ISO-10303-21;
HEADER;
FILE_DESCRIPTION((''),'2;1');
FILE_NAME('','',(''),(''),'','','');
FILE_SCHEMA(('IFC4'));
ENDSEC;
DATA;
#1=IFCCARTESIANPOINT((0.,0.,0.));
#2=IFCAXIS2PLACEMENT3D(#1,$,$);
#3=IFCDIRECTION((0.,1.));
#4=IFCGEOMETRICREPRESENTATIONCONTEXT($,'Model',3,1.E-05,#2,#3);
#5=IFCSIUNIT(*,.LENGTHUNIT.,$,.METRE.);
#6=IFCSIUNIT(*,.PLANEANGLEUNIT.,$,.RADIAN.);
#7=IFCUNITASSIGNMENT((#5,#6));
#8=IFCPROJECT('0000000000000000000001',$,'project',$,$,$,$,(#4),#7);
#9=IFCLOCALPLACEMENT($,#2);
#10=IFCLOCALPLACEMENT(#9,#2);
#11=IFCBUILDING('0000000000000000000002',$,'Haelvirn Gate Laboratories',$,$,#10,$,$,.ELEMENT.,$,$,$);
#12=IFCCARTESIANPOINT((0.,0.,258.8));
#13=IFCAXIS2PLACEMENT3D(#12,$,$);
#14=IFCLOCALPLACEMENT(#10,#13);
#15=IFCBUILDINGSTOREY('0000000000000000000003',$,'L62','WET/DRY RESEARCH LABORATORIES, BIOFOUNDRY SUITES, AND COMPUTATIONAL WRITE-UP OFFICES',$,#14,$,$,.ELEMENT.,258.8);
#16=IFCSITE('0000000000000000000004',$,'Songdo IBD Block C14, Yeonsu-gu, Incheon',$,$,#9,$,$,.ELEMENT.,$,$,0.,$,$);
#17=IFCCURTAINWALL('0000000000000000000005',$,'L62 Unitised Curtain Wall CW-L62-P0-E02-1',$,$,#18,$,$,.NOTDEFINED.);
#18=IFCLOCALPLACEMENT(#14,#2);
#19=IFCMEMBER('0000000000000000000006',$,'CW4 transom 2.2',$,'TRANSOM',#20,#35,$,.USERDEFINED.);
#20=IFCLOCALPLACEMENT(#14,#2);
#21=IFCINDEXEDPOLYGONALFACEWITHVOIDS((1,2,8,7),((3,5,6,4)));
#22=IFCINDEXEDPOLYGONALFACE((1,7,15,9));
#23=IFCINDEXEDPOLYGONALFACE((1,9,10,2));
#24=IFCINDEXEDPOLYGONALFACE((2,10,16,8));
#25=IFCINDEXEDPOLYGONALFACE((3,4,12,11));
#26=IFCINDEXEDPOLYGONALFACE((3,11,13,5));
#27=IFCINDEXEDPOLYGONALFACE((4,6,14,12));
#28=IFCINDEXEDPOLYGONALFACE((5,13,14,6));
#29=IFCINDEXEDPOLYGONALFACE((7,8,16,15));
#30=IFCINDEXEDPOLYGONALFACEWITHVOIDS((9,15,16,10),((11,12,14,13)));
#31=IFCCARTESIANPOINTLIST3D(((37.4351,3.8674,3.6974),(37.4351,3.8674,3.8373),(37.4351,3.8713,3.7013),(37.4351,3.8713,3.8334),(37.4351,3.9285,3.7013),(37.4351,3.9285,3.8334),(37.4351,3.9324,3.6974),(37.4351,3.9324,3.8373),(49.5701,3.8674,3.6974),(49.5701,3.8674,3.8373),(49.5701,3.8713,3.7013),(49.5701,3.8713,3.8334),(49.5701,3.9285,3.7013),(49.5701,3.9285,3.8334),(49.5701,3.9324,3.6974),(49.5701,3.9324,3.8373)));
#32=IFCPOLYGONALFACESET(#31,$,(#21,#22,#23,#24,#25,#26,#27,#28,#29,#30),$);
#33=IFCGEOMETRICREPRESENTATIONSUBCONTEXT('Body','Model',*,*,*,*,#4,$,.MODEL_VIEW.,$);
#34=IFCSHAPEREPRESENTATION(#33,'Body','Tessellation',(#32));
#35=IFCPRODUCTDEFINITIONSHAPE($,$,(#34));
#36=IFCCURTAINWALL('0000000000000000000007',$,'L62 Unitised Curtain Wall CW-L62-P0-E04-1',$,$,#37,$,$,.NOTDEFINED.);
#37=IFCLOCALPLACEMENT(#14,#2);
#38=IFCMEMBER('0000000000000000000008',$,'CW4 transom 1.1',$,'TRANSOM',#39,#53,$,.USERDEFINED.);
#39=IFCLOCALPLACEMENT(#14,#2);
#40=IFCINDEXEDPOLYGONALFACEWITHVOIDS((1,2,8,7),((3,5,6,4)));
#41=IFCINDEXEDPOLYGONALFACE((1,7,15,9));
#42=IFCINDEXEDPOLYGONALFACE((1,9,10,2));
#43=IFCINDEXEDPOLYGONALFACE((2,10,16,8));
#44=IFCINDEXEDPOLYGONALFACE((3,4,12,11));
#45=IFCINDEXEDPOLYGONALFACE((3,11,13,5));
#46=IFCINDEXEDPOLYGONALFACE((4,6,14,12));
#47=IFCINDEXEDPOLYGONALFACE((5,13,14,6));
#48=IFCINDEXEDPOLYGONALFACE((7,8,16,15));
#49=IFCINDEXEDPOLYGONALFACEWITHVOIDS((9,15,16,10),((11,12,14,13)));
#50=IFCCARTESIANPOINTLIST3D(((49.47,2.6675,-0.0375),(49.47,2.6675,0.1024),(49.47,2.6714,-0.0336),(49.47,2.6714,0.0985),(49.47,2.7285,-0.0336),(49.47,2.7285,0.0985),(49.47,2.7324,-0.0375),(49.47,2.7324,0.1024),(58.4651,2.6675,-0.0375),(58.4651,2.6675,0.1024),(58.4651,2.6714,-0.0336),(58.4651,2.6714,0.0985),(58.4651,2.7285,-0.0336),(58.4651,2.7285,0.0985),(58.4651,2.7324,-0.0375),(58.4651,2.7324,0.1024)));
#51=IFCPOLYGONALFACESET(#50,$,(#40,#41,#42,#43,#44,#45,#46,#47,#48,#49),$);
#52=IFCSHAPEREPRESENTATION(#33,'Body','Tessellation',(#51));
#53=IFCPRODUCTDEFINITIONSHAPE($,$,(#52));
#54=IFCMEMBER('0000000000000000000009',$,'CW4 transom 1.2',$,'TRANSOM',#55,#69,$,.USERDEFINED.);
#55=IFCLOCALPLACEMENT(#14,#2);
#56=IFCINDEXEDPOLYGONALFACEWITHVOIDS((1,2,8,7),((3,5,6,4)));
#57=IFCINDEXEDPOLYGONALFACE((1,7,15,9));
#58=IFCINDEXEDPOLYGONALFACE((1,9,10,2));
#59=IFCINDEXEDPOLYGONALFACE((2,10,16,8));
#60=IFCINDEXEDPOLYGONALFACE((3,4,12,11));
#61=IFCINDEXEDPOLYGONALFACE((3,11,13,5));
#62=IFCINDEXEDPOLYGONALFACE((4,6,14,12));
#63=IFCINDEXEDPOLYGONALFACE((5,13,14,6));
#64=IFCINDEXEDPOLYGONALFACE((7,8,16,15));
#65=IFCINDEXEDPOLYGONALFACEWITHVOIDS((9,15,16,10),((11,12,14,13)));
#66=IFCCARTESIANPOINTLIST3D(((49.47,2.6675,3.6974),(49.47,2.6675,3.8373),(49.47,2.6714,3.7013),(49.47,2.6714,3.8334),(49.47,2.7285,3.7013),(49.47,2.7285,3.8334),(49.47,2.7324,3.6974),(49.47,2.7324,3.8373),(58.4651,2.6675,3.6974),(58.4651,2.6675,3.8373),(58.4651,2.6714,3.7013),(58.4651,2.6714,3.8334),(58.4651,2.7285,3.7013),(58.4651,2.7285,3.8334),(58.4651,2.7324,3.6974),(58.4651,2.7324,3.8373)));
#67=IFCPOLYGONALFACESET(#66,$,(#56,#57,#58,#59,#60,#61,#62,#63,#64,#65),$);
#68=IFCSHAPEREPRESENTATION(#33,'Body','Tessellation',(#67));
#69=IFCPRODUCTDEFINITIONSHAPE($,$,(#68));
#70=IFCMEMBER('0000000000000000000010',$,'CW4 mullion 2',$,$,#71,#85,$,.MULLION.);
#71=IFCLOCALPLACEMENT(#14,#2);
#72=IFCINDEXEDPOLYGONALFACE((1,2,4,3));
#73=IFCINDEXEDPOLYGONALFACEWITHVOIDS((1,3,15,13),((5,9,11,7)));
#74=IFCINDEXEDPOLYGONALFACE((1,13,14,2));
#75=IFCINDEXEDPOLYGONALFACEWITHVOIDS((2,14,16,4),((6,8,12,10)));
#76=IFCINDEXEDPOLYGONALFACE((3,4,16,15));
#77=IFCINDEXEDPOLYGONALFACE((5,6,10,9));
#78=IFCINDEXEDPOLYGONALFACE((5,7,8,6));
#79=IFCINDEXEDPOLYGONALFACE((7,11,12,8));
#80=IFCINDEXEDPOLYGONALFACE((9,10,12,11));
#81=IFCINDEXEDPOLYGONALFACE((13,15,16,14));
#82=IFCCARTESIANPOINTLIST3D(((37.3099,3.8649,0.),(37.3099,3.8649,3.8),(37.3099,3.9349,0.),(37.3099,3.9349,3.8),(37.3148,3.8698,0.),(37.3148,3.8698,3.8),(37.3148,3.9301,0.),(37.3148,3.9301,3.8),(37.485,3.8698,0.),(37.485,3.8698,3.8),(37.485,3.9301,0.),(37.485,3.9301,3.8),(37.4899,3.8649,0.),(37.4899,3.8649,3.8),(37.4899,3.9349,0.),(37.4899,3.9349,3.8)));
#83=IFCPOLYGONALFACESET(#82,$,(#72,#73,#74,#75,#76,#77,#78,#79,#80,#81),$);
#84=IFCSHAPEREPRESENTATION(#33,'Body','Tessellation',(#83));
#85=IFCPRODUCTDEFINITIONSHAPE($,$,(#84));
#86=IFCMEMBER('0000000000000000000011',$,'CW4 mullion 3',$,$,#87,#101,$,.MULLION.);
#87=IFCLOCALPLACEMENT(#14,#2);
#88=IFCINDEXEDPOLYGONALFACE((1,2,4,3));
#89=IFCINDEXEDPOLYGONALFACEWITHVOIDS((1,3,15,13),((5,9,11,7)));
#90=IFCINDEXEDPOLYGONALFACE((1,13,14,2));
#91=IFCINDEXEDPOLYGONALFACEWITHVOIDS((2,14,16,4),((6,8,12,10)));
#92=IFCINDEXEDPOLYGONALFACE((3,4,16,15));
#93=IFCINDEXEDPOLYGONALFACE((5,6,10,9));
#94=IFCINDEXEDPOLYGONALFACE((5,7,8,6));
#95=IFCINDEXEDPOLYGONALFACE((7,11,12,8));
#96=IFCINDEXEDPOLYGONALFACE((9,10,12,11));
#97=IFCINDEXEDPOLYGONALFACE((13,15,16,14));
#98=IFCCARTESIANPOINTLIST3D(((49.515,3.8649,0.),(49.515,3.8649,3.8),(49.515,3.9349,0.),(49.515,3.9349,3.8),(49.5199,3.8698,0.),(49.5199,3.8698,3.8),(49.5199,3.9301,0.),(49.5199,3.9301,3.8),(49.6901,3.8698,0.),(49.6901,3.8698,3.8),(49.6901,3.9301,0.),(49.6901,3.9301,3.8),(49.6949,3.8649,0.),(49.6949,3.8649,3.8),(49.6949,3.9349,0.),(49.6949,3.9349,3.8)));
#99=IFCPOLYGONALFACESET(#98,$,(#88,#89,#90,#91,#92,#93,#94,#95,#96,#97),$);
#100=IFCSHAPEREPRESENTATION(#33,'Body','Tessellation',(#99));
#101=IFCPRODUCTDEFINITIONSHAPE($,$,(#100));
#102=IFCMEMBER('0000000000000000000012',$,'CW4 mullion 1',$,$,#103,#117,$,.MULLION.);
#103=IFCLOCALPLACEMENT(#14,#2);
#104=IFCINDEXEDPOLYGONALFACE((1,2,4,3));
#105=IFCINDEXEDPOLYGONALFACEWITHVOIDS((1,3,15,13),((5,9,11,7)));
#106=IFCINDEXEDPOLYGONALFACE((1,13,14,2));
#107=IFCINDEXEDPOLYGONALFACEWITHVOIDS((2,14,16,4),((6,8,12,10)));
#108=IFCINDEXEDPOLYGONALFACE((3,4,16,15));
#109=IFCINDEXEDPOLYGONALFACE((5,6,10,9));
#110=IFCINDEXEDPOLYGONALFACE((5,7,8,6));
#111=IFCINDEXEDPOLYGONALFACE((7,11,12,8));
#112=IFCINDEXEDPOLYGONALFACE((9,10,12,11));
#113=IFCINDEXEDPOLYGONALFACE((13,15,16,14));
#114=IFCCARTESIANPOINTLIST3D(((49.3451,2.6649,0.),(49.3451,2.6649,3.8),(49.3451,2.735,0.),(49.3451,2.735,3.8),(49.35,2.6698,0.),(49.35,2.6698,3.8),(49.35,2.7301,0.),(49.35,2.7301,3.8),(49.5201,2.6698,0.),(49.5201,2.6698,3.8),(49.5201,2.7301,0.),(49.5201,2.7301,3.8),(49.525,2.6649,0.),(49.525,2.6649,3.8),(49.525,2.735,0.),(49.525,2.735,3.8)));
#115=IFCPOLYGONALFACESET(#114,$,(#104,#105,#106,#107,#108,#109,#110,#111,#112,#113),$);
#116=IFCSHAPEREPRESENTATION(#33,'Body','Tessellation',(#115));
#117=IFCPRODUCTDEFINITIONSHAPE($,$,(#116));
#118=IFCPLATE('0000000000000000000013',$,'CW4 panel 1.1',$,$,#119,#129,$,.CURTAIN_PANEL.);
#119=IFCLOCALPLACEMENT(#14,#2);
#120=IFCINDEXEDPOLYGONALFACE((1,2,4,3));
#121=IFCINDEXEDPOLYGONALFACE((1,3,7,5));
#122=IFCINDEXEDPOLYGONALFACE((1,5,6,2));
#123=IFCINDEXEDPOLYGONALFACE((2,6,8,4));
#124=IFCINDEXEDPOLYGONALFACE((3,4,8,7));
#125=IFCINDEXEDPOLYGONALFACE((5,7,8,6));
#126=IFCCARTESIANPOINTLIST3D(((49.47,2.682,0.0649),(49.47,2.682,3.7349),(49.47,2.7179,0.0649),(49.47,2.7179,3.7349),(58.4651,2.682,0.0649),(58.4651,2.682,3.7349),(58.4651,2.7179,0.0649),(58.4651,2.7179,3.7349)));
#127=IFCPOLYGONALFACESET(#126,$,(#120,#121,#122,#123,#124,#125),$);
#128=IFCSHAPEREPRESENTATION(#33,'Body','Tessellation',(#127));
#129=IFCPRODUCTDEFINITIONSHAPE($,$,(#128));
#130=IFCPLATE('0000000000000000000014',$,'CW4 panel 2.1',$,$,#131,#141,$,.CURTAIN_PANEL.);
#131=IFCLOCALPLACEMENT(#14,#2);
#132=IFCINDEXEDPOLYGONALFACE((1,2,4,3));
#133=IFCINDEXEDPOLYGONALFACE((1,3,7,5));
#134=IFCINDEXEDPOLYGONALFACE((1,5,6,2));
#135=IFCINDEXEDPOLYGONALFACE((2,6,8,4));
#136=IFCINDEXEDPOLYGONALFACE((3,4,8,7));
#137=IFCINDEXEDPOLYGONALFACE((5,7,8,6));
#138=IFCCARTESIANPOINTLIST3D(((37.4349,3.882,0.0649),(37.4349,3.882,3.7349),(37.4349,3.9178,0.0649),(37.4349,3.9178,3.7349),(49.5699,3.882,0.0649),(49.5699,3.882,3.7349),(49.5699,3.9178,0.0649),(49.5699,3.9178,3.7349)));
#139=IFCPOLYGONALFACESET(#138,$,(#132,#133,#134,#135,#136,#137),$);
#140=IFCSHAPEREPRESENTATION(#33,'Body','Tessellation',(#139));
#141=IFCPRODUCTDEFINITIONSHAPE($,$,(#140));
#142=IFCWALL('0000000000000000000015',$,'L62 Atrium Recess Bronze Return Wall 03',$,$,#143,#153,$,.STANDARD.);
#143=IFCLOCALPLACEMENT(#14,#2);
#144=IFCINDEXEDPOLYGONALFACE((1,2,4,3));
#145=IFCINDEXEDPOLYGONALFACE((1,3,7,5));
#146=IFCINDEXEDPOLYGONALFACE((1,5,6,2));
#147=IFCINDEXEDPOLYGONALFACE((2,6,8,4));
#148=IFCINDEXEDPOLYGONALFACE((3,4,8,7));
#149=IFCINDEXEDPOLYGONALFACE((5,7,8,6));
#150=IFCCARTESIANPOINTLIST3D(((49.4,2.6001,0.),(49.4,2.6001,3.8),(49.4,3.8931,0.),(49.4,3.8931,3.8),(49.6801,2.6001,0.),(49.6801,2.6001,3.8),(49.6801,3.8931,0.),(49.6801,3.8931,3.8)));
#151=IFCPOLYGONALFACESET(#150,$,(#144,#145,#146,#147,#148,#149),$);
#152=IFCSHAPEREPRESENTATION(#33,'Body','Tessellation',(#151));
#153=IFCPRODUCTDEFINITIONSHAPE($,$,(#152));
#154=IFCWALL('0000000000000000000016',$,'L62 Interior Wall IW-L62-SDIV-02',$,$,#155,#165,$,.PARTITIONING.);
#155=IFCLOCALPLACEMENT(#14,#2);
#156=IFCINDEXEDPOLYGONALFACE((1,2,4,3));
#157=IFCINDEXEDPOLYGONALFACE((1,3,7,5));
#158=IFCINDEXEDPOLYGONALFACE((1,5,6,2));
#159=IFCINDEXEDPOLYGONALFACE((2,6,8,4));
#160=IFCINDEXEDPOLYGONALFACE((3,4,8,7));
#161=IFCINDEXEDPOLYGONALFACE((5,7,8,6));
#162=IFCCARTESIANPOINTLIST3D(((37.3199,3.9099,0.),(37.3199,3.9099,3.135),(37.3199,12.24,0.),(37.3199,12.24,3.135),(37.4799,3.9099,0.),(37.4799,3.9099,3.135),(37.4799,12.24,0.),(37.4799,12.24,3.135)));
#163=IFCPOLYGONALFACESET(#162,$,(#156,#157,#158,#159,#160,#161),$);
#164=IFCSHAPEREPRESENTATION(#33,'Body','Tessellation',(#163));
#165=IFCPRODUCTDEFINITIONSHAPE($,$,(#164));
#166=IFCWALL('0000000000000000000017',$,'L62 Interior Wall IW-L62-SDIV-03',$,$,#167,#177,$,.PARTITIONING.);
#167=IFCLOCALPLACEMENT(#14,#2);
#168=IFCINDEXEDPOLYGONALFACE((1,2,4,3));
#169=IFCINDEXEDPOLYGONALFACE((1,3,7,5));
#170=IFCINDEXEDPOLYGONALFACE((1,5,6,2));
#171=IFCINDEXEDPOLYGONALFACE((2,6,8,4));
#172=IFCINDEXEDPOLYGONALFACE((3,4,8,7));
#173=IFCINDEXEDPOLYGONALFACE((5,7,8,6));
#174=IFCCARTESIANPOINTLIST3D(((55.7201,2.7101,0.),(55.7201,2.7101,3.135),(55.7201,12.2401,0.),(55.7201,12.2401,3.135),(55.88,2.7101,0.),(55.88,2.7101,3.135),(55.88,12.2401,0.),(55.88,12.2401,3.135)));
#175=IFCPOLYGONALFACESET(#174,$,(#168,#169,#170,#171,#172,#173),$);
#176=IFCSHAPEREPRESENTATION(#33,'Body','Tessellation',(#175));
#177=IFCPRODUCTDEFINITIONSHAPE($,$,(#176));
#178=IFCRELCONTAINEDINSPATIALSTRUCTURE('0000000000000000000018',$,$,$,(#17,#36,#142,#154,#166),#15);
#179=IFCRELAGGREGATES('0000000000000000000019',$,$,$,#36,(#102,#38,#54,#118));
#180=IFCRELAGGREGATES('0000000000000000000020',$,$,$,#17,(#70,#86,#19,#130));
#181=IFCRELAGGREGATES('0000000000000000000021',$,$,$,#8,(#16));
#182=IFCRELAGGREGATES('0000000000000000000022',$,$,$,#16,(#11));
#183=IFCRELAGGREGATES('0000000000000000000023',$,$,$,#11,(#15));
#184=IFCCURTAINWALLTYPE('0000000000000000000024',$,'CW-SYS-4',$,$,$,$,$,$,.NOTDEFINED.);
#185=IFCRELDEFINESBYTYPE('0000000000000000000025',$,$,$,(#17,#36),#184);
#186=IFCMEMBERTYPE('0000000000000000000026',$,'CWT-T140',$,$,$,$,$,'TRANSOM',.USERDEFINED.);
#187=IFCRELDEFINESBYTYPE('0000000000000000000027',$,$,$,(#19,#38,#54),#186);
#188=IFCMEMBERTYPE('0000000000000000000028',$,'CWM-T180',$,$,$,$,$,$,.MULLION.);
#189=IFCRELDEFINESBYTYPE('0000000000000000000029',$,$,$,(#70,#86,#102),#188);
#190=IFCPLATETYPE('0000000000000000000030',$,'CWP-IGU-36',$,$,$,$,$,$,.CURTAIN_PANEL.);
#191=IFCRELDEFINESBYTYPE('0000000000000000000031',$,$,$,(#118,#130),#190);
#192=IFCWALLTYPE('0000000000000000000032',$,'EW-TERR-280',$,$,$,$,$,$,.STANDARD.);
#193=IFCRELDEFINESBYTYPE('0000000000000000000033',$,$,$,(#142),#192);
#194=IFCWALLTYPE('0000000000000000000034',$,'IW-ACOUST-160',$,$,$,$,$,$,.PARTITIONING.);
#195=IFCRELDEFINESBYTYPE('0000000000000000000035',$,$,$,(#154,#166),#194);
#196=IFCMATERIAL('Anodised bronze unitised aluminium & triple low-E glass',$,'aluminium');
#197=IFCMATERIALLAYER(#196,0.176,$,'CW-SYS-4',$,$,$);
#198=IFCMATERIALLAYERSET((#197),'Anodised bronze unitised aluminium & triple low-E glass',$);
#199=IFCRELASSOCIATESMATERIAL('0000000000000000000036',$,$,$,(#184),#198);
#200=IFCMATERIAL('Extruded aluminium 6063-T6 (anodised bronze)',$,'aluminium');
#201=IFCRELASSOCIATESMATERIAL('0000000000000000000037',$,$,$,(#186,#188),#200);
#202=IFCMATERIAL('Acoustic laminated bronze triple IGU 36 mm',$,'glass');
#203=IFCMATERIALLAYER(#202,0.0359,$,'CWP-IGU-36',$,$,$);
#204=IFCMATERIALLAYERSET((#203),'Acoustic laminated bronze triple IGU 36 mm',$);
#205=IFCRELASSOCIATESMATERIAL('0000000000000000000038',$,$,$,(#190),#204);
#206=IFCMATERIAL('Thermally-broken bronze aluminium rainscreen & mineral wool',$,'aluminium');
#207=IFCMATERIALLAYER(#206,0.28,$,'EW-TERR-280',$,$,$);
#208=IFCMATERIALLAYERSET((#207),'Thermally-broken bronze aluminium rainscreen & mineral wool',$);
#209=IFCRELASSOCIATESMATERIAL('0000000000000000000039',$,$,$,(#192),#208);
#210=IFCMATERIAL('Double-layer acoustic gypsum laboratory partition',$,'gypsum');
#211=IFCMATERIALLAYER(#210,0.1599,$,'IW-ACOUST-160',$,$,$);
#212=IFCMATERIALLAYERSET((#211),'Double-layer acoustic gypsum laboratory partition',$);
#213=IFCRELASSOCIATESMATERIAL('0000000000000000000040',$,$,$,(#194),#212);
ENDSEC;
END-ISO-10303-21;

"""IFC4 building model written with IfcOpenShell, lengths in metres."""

from ifc_helpers import new_model, si_unit, direction, frame, frame_2d, origin, origin_2d, place, context, subcontext, project, spatial, rectangle, hollow_rectangle, extrude, source, transform, mapped, material, layer, layer_set, material_profile, profile_set, type_object, type_shapes, element, aggregate, save


model = new_model("IFC4")

# Units and contexts
model_context = context("Model", 3, precision=1e-05, world=origin(), true_north=direction((0.0, 1.0)))
body_context = subcontext(model_context, "Body", "Model", "MODEL_VIEW")
ifc_project = project(units=[si_unit("LENGTHUNIT", "METRE"), si_unit("PLANEANGLEUNIT", "RADIAN")], contexts=[model_context])

# Site, building, storey
site_placement = place(None, origin())
site = spatial("IfcSite", under=ifc_project, at=site_placement, Name="Songdo IBD Block C14, Yeonsu-gu, Incheon", CompositionType="ELEMENT", RefElevation=0.0)
building_placement = place(site_placement, origin())
building = spatial("IfcBuilding", under=site, at=building_placement, Name="Haelvirn Gate Laboratories", CompositionType="ELEMENT")
storey_placement = place(building_placement, frame((0.0, 0.0, 258.8)))
storey = spatial("IfcBuildingStorey", under=building, at=storey_placement, Name="L62", Description="WET/DRY RESEARCH LABORATORIES, BIOFOUNDRY SUITES, AND COMPUTATIONAL WRITE-UP OFFICES", CompositionType="ELEMENT", Elevation=258.8)

# Curtain walls, members
ifc_material_1 = material(Name="Anodised bronze unitised aluminium & triple low-E glass", Category="aluminium")
ifc_layer_1 = layer(ifc_material_1, 0.176, Name="CW-SYS-4")
ifc_layer_set_1 = layer_set([ifc_layer_1], Name="Anodised bronze unitised aluminium & triple low-E glass")
curtain_wall_type = type_object("IfcCurtainWallType", Name="CW-SYS-4", PredefinedType="NOTDEFINED", material=ifc_layer_set_1)
curtain_wall_1_placement = place(storey_placement, origin())
curtain_wall_1 = element("IfcCurtainWall", 1, at=curtain_wall_1_placement, inside=storey, type_object=curtain_wall_type, Name="L62 Unitised Curtain Wall CW-L62-P0-E02-1", PredefinedType="NOTDEFINED")
ifc_material_2 = material(Name="Extruded aluminium 6063-T6 (anodised bronze)", Category="aluminium")
ifc_material_profile_1 = material_profile(ifc_material_2, hollow_rectangle(XDim=0.0649, YDim=0.1399, WallThickness=0.0039, at=origin_2d()), Name="CWT-140x65x4")
ifc_profile_set_1 = profile_set([ifc_material_profile_1], Name="Extruded aluminium 6063-T6 (anodised bronze)")
member_type_1 = type_object("IfcMemberType", Name="CWT-T140", ElementType="TRANSOM", PredefinedType="USERDEFINED", material=ifc_profile_set_1)
shared_shape_1 = source(origin(), body_context, "Body", "SweptSolid", [
    extrude(hollow_rectangle(XDim=0.0649, YDim=0.1399, WallThickness=0.0039, at=origin_2d()), origin(), (0.0, 0.0, 1.0), 12.135),
])
member_1_placement = place(storey_placement, frame((37.4351, 3.8999, 3.7673), z_axis=(1.0, 0.0, 0.0), x_axis=(0.0, 1.0, 0.0)))
member_1 = element("IfcMember", 2, at=member_1_placement, type_object=member_type_1, Name="CW4 transom 2.2", ObjectType="TRANSOM", PredefinedType="USERDEFINED", context=body_context, shape_type="MappedRepresentation", body=[
    mapped(shared_shape_1, transform((0.0, 0.0, 0.0), scale=1.0)),
])
curtain_wall_2_placement = place(storey_placement, origin())
curtain_wall_2 = element("IfcCurtainWall", 3, at=curtain_wall_2_placement, inside=storey, type_object=curtain_wall_type, Name="L62 Unitised Curtain Wall CW-L62-P0-E04-1", PredefinedType="NOTDEFINED")
shared_shape_2 = source(origin(), body_context, "Body", "SweptSolid", [
    extrude(hollow_rectangle(XDim=0.0649, YDim=0.1399, WallThickness=0.0039, at=origin_2d()), origin(), (0.0, 0.0, 1.0), 8.9951),
])
type_shapes(member_type_1, [shared_shape_1, shared_shape_2])
member_2_placement = place(storey_placement, frame((49.47, 2.7, 0.0325), z_axis=(1.0, 0.0, 0.0), x_axis=(0.0, 1.0, 0.0)))
member_2 = element("IfcMember", 4, at=member_2_placement, type_object=member_type_1, Name="CW4 transom 1.1", ObjectType="TRANSOM", PredefinedType="USERDEFINED", context=body_context, shape_type="MappedRepresentation", body=[
    mapped(shared_shape_2, transform((0.0, 0.0, 0.0), scale=1.0)),
])
member_3_placement = place(storey_placement, frame((49.47, 2.7, 3.7673), z_axis=(1.0, 0.0, 0.0), x_axis=(0.0, 1.0, 0.0)))
member_3 = element("IfcMember", 5, at=member_3_placement, type_object=member_type_1, Name="CW4 transom 1.2", ObjectType="TRANSOM", PredefinedType="USERDEFINED", context=body_context, shape_type="MappedRepresentation", body=[
    mapped(shared_shape_2, transform((0.0, 0.0, 0.0), scale=1.0)),
])

# Members
ifc_material_profile_2 = material_profile(ifc_material_2, hollow_rectangle(XDim=0.0701, YDim=0.1799, WallThickness=0.0049, at=origin_2d()), Name="CWM-180x70x5")
ifc_profile_set_2 = profile_set([ifc_material_profile_2], Name="Extruded aluminium 6063-T6 (anodised bronze)")
member_type_2 = type_object("IfcMemberType", Name="CWM-T180", PredefinedType="MULLION", material=ifc_profile_set_2)
shared_shape_3 = source(origin(), body_context, "Body", "SweptSolid", [
    extrude(hollow_rectangle(XDim=0.0701, YDim=0.1799, WallThickness=0.0049, at=origin_2d()), origin(), (0.0, 0.0, 1.0), 3.8),
])
type_shapes(member_type_2, [shared_shape_3])
member_4_placement = place(storey_placement, frame((37.3999, 3.8999, 0.0), z_axis=(0.0, 0.0, 1.0), x_axis=(0.0, 1.0, 0.0)))
member_4 = element("IfcMember", 6, at=member_4_placement, type_object=member_type_2, Name="CW4 mullion 2", PredefinedType="MULLION", context=body_context, shape_type="MappedRepresentation", body=[
    mapped(shared_shape_3, transform((0.0, 0.0, 0.0), scale=1.0)),
])
member_5_placement = place(storey_placement, frame((49.605, 3.8999, 0.0), z_axis=(0.0, 0.0, 1.0), x_axis=(0.0, 1.0, 0.0)))
member_5 = element("IfcMember", 7, at=member_5_placement, type_object=member_type_2, Name="CW4 mullion 3", PredefinedType="MULLION", context=body_context, shape_type="MappedRepresentation", body=[
    mapped(shared_shape_3, transform((0.0, 0.0, 0.0), scale=1.0)),
])
member_6_placement = place(storey_placement, frame((49.4351, 2.7, 0.0), z_axis=(0.0, 0.0, 1.0), x_axis=(0.0, 1.0, 0.0)))
member_6 = element("IfcMember", 8, at=member_6_placement, type_object=member_type_2, Name="CW4 mullion 1", PredefinedType="MULLION", context=body_context, shape_type="MappedRepresentation", body=[
    mapped(shared_shape_3, transform((0.0, 0.0, 0.0), scale=1.0)),
])

# Plates
ifc_material_3 = material(Name="Acoustic laminated bronze triple IGU 36 mm", Category="glass")
ifc_layer_2 = layer(ifc_material_3, 0.0359, Name="CWP-IGU-36")
ifc_layer_set_2 = layer_set([ifc_layer_2], Name="Acoustic laminated bronze triple IGU 36 mm")
plate_type = type_object("IfcPlateType", Name="CWP-IGU-36", PredefinedType="CURTAIN_PANEL", material=ifc_layer_set_2)
shared_shape_4 = source(origin(), body_context, "Body", "SweptSolid", [
    extrude(rectangle(XDim=8.9951, YDim=0.0359, at=origin_2d()), origin(), (0.0, 0.0, 1.0), 3.6699),
])
plate_1_placement = place(storey_placement, frame((53.9675, 2.7, 0.0649), z_axis=(0.0, 0.0, 1.0), x_axis=(1.0, 0.0, 0.0)))
plate_1 = element("IfcPlate", 9, at=plate_1_placement, type_object=plate_type, Name="CW4 panel 1.1", PredefinedType="CURTAIN_PANEL", context=body_context, shape_type="MappedRepresentation", body=[
    mapped(shared_shape_4, transform((0.0, 0.0, 0.0), scale=1.0)),
])
aggregate(curtain_wall_2, [member_6, member_2, member_3, plate_1])
shared_shape_5 = source(origin(), body_context, "Body", "SweptSolid", [
    extrude(rectangle(XDim=12.135, YDim=0.0359, at=origin_2d()), origin(), (0.0, 0.0, 1.0), 3.6699),
])
type_shapes(plate_type, [shared_shape_4, shared_shape_5])
plate_2_placement = place(storey_placement, frame((43.5024, 3.8999, 0.0649), z_axis=(0.0, 0.0, 1.0), x_axis=(1.0, 0.0, 0.0)))
plate_2 = element("IfcPlate", 10, at=plate_2_placement, type_object=plate_type, Name="CW4 panel 2.1", PredefinedType="CURTAIN_PANEL", context=body_context, shape_type="MappedRepresentation", body=[
    mapped(shared_shape_5, transform((0.0, 0.0, 0.0), scale=1.0)),
])
aggregate(curtain_wall_1, [member_4, member_5, member_1, plate_2])

# Walls
ifc_material_4 = material(Name="Thermally-broken bronze aluminium rainscreen & mineral wool", Category="aluminium")
ifc_layer_3 = layer(ifc_material_4, 0.28, Name="EW-TERR-280")
ifc_layer_set_3 = layer_set([ifc_layer_3], Name="Thermally-broken bronze aluminium rainscreen & mineral wool")
wall_type_1 = type_object("IfcWallType", Name="EW-TERR-280", PredefinedType="STANDARD", material=ifc_layer_set_3)
wall_1_placement = place(storey_placement, frame((49.54, 3.8931, 0.0), z_axis=(0.0, 0.0, 1.0), x_axis=(0.0, -1.0, 0.0)))
element("IfcWall", 11, at=wall_1_placement, inside=storey, type_object=wall_type_1, Name="L62 Atrium Recess Bronze Return Wall 03", PredefinedType="STANDARD", context=body_context, shape_type="SweptSolid", body=[
    extrude(rectangle(XDim=1.293, YDim=0.28, at=frame_2d((0.6465, 0.0))), origin(), (0.0, 0.0, 1.0), 3.8),
])
ifc_material_5 = material(Name="Double-layer acoustic gypsum laboratory partition", Category="gypsum")
ifc_layer_4 = layer(ifc_material_5, 0.1599, Name="IW-ACOUST-160")
ifc_layer_set_4 = layer_set([ifc_layer_4], Name="Double-layer acoustic gypsum laboratory partition")
wall_type_2 = type_object("IfcWallType", Name="IW-ACOUST-160", PredefinedType="PARTITIONING", material=ifc_layer_set_4)
wall_2_placement = place(storey_placement, frame((37.3999, 3.9099, 0.0), z_axis=(0.0, 0.0, 1.0), x_axis=(0.0, 1.0, 0.0)))
element("IfcWall", 12, at=wall_2_placement, inside=storey, type_object=wall_type_2, Name="L62 Interior Wall IW-L62-SDIV-02", PredefinedType="PARTITIONING", context=body_context, shape_type="SweptSolid", body=[
    extrude(rectangle(XDim=8.3301, YDim=0.1599, at=frame_2d((4.165, 0.0))), origin(), (0.0, 0.0, 1.0), 3.135),
])
wall_3_placement = place(storey_placement, frame((55.8, 2.71, 0.0), z_axis=(0.0, 0.0, 1.0), x_axis=(0.0, 1.0, 0.0)))
element("IfcWall", 13, at=wall_3_placement, inside=storey, type_object=wall_type_2, Name="L62 Interior Wall IW-L62-SDIV-03", PredefinedType="PARTITIONING", context=body_context, shape_type="SweptSolid", body=[
    extrude(rectangle(XDim=9.53, YDim=0.1599, at=frame_2d((4.7651, 0.0))), origin(), (0.0, 0.0, 1.0), 3.135),
])

save(model, "model.ifc")
